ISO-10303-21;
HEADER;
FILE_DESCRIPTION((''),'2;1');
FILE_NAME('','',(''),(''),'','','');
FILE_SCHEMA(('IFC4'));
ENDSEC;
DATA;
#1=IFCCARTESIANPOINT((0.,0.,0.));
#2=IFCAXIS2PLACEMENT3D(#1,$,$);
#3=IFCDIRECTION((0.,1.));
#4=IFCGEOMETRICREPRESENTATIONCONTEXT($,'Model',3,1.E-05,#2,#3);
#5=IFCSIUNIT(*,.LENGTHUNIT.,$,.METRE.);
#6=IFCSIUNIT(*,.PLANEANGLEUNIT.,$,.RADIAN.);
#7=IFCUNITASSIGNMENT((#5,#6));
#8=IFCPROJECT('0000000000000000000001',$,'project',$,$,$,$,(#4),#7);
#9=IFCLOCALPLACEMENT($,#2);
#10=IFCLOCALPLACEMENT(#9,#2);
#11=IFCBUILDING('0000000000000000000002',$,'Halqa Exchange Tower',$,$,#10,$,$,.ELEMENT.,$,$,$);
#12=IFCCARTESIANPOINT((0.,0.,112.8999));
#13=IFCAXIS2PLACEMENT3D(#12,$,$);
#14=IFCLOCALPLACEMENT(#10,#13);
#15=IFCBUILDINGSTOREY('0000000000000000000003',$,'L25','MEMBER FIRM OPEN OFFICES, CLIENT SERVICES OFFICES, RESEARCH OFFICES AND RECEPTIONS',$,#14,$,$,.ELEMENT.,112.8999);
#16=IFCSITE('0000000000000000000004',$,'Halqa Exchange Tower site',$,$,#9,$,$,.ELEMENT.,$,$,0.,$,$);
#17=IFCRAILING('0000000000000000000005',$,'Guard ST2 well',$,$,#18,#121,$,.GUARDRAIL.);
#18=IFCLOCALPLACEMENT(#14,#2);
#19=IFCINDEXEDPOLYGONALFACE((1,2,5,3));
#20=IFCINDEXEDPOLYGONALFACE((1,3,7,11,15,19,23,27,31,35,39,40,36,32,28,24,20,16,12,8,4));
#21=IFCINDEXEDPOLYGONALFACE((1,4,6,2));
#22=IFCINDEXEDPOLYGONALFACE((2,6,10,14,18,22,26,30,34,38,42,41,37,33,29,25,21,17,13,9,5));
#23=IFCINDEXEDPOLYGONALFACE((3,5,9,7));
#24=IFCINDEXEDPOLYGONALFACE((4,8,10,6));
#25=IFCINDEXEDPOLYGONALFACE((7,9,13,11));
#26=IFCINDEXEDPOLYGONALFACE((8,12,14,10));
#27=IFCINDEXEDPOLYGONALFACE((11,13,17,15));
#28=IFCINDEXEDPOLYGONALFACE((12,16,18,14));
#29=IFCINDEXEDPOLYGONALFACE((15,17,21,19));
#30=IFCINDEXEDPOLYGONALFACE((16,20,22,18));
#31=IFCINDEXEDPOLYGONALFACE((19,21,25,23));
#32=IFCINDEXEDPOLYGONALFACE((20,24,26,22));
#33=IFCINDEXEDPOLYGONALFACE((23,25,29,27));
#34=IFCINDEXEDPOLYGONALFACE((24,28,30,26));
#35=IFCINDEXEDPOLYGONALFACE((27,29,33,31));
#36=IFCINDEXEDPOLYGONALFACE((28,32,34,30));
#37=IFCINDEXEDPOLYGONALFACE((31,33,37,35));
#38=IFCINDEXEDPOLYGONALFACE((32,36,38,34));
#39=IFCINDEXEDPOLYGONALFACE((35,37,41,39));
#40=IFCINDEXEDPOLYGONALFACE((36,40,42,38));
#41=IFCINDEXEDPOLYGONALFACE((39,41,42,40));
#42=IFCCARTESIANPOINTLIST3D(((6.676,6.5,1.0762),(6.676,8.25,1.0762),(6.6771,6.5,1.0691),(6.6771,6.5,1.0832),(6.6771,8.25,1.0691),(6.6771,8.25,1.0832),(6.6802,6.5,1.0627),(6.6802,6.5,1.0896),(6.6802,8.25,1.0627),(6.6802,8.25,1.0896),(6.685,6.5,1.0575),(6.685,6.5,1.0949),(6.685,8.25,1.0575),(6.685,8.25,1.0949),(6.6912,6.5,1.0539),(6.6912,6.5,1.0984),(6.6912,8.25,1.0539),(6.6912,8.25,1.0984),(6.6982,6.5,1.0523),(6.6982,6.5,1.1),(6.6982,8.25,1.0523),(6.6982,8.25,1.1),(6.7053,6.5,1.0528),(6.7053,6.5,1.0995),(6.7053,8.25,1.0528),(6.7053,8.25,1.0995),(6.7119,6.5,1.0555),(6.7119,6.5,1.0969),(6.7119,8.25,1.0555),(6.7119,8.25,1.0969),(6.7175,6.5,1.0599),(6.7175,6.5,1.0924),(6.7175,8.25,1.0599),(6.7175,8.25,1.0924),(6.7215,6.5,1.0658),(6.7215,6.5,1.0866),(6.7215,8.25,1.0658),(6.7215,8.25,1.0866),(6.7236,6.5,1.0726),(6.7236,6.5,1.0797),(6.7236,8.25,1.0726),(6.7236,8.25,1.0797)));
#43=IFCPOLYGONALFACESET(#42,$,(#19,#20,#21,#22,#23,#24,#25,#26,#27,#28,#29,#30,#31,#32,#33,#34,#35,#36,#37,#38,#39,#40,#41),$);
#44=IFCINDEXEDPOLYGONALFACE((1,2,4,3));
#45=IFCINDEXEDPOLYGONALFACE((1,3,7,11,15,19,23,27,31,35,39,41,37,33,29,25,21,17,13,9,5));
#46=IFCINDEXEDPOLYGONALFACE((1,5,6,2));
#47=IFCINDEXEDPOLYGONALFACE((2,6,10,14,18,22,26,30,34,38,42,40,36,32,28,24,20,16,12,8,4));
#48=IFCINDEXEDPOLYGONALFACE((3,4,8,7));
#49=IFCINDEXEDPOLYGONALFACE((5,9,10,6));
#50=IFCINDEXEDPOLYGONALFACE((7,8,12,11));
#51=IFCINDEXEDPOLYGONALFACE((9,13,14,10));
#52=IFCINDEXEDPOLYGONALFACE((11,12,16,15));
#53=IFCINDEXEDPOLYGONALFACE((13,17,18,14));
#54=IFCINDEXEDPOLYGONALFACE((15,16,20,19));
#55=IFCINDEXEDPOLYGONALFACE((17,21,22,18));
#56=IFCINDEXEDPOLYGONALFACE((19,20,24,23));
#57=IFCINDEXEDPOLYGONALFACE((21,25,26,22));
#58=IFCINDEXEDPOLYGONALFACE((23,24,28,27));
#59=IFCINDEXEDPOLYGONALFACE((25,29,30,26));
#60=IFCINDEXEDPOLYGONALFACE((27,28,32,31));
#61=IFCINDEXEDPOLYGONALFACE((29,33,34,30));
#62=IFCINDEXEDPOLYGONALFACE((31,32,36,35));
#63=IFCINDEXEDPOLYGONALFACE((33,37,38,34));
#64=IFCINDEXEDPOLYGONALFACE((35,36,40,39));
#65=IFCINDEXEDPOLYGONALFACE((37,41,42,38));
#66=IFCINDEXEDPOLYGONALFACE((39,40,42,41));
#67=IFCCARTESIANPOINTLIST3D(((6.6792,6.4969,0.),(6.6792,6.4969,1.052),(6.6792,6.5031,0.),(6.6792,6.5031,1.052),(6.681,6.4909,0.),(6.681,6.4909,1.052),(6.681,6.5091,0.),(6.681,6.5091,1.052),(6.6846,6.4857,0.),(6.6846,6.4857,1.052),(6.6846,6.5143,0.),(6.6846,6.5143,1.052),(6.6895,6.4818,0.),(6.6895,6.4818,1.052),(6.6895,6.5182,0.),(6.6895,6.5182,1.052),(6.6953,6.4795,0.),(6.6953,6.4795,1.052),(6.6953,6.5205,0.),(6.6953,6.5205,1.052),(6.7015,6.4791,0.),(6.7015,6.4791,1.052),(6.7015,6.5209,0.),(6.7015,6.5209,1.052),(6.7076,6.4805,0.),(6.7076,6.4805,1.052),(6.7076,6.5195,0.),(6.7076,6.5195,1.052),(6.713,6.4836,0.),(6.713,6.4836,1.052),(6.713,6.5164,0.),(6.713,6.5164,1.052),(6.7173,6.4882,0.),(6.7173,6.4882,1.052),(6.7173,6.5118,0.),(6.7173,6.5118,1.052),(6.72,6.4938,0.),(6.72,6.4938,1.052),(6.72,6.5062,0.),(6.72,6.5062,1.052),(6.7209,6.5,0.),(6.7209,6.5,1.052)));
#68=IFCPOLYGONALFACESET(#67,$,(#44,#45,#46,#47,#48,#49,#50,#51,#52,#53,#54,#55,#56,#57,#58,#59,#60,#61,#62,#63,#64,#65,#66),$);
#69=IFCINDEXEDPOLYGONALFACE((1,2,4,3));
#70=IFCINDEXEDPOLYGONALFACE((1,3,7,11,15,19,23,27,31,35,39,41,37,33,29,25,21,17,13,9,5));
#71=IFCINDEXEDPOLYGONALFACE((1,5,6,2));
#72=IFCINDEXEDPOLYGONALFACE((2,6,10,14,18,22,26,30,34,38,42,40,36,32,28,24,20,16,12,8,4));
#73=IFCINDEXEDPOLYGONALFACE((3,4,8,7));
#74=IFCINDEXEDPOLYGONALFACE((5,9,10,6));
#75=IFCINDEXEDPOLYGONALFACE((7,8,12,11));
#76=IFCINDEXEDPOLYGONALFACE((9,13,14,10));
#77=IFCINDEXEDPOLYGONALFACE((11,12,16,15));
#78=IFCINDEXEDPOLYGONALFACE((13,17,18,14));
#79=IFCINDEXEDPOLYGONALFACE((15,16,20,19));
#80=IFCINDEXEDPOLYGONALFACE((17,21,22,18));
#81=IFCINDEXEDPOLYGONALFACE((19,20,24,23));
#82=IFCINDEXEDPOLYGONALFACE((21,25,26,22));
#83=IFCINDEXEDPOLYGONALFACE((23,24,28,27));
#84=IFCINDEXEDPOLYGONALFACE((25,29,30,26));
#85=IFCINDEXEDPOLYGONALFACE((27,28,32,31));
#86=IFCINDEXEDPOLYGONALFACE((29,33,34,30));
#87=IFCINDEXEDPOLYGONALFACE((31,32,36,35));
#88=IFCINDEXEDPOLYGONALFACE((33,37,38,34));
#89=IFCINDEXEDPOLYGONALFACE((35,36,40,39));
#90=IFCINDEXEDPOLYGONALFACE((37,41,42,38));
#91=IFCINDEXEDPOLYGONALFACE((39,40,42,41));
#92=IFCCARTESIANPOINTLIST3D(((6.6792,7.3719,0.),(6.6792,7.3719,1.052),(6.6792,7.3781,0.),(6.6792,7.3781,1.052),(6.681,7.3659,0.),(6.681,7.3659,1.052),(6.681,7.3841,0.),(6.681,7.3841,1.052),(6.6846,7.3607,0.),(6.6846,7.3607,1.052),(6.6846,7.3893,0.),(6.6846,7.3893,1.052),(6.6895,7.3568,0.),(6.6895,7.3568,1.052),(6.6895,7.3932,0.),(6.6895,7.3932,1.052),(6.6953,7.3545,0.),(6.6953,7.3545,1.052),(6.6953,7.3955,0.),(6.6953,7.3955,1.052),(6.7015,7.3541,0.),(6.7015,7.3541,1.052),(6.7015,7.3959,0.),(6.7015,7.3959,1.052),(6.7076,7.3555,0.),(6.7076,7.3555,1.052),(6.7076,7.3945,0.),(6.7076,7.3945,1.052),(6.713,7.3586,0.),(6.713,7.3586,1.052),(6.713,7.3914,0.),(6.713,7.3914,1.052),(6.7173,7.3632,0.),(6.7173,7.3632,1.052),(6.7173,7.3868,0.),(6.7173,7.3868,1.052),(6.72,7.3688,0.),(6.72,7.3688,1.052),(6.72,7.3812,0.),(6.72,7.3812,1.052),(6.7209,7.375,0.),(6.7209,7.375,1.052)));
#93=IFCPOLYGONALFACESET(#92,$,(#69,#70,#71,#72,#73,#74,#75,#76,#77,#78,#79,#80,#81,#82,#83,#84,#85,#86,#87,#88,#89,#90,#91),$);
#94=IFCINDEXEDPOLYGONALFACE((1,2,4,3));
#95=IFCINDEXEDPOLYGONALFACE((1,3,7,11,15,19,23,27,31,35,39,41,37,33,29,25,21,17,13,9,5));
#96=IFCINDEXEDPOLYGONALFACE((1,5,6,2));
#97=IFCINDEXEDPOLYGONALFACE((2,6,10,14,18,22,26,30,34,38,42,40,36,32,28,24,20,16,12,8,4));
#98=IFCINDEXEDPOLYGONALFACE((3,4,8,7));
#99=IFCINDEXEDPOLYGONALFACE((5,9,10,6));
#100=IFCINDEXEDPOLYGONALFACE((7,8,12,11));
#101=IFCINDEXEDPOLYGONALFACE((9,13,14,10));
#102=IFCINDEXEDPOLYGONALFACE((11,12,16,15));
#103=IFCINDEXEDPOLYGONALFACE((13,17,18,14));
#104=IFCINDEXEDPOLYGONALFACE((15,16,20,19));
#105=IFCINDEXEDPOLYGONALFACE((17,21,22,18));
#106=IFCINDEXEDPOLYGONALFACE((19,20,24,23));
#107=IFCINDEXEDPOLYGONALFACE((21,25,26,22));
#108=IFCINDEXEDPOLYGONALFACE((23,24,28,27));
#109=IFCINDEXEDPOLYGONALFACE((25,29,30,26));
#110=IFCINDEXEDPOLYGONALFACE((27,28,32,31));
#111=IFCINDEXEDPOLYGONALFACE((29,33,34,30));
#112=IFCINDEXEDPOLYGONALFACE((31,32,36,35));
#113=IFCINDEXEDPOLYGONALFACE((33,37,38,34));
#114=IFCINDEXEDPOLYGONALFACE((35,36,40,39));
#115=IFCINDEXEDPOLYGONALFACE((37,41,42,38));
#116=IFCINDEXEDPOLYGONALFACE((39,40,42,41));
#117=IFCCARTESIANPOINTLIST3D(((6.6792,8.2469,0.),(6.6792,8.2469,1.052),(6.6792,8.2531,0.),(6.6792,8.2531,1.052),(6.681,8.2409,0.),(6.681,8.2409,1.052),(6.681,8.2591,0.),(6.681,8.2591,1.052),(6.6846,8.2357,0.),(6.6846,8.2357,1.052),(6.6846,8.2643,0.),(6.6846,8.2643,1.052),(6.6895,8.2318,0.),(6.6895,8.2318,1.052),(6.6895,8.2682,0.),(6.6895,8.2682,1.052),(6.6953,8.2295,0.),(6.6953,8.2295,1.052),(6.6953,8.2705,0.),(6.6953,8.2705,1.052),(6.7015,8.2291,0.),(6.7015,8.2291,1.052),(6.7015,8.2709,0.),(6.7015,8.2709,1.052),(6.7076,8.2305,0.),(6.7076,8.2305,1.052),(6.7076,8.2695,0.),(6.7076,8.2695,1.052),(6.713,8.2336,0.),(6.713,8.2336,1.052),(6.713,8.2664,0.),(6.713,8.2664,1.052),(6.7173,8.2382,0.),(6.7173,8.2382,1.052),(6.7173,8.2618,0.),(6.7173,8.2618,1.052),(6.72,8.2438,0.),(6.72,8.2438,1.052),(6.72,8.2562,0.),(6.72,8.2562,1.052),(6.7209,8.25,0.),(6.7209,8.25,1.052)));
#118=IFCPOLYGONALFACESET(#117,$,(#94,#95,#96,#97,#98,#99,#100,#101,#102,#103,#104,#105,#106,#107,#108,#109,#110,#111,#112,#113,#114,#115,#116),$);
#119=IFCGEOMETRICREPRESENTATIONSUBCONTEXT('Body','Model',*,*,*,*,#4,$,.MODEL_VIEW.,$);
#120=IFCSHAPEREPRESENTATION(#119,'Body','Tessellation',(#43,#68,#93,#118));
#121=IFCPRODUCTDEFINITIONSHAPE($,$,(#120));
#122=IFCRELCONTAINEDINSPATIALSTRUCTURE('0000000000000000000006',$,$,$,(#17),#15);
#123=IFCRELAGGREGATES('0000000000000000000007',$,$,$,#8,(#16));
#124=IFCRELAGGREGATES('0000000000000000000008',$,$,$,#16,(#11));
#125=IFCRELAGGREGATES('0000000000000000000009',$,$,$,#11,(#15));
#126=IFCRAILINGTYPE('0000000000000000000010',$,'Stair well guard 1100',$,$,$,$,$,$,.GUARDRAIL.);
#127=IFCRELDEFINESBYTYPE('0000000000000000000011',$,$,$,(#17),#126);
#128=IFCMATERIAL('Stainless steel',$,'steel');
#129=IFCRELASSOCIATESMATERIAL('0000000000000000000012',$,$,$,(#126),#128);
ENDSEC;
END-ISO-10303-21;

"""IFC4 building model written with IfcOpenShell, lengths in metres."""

from ifc_helpers import new_model, si_unit, direction, frame, origin, origin_2d, place, context, subcontext, project, spatial, circle, extrude, material, type_object, element, save


model = new_model("IFC4")

# Units and contexts
model_context = context("Model", 3, precision=1e-05, world=origin(), true_north=direction((0.0, 1.0)))
body_context = subcontext(model_context, "Body", "Model", "MODEL_VIEW")
ifc_project = project(units=[si_unit("LENGTHUNIT", "METRE"), si_unit("PLANEANGLEUNIT", "RADIAN")], contexts=[model_context])

# Site, building, storey
site_placement = place(None, origin())
site = spatial("IfcSite", under=ifc_project, at=site_placement, Name="Halqa Exchange Tower site", CompositionType="ELEMENT", RefElevation=0.0)
building_placement = place(site_placement, origin())
building = spatial("IfcBuilding", under=site, at=building_placement, Name="Halqa Exchange Tower", CompositionType="ELEMENT")
storey_placement = place(building_placement, frame((0.0, 0.0, 112.8999)))
storey = spatial("IfcBuildingStorey", under=building, at=storey_placement, Name="L25", Description="MEMBER FIRM OPEN OFFICES, CLIENT SERVICES OFFICES, RESEARCH OFFICES AND RECEPTIONS", CompositionType="ELEMENT", Elevation=112.8999)

# Railing
ifc_material_1 = material(Name="Stainless steel", Category="steel")
railing_type_1 = type_object("IfcRailingType", Name="Stair well guard 1100", PredefinedType="GUARDRAIL", material=ifc_material_1)
railing_1_placement = place(storey_placement, frame((6.7, 6.5, 0.0)))
element("IfcRailing", 1, at=railing_1_placement, inside=storey, type_object=railing_type_1, Name="Guard ST2 well", PredefinedType="GUARDRAIL", context=body_context, shape_type="SweptSolid", body=[
    extrude(circle(Radius=0.0239, at=origin_2d()), frame((0.0, 0.0, 1.0762), z_axis=(0.0, 1.0, 0.0), x_axis=(-1.0, 0.0, 0.0)), (0.0, 0.0, 1.0), 1.75),
    extrude(circle(Radius=0.021, at=origin_2d()), origin(), (0.0, 0.0, 1.0), 1.052),
    extrude(circle(Radius=0.021, at=origin_2d()), frame((0.0, 0.875, 0.0)), (0.0, 0.0, 1.0), 1.052),
    extrude(circle(Radius=0.021, at=origin_2d()), frame((0.0, 1.75, 0.0)), (0.0, 0.0, 1.0), 1.052),
])

save(model, "model.ifc")
